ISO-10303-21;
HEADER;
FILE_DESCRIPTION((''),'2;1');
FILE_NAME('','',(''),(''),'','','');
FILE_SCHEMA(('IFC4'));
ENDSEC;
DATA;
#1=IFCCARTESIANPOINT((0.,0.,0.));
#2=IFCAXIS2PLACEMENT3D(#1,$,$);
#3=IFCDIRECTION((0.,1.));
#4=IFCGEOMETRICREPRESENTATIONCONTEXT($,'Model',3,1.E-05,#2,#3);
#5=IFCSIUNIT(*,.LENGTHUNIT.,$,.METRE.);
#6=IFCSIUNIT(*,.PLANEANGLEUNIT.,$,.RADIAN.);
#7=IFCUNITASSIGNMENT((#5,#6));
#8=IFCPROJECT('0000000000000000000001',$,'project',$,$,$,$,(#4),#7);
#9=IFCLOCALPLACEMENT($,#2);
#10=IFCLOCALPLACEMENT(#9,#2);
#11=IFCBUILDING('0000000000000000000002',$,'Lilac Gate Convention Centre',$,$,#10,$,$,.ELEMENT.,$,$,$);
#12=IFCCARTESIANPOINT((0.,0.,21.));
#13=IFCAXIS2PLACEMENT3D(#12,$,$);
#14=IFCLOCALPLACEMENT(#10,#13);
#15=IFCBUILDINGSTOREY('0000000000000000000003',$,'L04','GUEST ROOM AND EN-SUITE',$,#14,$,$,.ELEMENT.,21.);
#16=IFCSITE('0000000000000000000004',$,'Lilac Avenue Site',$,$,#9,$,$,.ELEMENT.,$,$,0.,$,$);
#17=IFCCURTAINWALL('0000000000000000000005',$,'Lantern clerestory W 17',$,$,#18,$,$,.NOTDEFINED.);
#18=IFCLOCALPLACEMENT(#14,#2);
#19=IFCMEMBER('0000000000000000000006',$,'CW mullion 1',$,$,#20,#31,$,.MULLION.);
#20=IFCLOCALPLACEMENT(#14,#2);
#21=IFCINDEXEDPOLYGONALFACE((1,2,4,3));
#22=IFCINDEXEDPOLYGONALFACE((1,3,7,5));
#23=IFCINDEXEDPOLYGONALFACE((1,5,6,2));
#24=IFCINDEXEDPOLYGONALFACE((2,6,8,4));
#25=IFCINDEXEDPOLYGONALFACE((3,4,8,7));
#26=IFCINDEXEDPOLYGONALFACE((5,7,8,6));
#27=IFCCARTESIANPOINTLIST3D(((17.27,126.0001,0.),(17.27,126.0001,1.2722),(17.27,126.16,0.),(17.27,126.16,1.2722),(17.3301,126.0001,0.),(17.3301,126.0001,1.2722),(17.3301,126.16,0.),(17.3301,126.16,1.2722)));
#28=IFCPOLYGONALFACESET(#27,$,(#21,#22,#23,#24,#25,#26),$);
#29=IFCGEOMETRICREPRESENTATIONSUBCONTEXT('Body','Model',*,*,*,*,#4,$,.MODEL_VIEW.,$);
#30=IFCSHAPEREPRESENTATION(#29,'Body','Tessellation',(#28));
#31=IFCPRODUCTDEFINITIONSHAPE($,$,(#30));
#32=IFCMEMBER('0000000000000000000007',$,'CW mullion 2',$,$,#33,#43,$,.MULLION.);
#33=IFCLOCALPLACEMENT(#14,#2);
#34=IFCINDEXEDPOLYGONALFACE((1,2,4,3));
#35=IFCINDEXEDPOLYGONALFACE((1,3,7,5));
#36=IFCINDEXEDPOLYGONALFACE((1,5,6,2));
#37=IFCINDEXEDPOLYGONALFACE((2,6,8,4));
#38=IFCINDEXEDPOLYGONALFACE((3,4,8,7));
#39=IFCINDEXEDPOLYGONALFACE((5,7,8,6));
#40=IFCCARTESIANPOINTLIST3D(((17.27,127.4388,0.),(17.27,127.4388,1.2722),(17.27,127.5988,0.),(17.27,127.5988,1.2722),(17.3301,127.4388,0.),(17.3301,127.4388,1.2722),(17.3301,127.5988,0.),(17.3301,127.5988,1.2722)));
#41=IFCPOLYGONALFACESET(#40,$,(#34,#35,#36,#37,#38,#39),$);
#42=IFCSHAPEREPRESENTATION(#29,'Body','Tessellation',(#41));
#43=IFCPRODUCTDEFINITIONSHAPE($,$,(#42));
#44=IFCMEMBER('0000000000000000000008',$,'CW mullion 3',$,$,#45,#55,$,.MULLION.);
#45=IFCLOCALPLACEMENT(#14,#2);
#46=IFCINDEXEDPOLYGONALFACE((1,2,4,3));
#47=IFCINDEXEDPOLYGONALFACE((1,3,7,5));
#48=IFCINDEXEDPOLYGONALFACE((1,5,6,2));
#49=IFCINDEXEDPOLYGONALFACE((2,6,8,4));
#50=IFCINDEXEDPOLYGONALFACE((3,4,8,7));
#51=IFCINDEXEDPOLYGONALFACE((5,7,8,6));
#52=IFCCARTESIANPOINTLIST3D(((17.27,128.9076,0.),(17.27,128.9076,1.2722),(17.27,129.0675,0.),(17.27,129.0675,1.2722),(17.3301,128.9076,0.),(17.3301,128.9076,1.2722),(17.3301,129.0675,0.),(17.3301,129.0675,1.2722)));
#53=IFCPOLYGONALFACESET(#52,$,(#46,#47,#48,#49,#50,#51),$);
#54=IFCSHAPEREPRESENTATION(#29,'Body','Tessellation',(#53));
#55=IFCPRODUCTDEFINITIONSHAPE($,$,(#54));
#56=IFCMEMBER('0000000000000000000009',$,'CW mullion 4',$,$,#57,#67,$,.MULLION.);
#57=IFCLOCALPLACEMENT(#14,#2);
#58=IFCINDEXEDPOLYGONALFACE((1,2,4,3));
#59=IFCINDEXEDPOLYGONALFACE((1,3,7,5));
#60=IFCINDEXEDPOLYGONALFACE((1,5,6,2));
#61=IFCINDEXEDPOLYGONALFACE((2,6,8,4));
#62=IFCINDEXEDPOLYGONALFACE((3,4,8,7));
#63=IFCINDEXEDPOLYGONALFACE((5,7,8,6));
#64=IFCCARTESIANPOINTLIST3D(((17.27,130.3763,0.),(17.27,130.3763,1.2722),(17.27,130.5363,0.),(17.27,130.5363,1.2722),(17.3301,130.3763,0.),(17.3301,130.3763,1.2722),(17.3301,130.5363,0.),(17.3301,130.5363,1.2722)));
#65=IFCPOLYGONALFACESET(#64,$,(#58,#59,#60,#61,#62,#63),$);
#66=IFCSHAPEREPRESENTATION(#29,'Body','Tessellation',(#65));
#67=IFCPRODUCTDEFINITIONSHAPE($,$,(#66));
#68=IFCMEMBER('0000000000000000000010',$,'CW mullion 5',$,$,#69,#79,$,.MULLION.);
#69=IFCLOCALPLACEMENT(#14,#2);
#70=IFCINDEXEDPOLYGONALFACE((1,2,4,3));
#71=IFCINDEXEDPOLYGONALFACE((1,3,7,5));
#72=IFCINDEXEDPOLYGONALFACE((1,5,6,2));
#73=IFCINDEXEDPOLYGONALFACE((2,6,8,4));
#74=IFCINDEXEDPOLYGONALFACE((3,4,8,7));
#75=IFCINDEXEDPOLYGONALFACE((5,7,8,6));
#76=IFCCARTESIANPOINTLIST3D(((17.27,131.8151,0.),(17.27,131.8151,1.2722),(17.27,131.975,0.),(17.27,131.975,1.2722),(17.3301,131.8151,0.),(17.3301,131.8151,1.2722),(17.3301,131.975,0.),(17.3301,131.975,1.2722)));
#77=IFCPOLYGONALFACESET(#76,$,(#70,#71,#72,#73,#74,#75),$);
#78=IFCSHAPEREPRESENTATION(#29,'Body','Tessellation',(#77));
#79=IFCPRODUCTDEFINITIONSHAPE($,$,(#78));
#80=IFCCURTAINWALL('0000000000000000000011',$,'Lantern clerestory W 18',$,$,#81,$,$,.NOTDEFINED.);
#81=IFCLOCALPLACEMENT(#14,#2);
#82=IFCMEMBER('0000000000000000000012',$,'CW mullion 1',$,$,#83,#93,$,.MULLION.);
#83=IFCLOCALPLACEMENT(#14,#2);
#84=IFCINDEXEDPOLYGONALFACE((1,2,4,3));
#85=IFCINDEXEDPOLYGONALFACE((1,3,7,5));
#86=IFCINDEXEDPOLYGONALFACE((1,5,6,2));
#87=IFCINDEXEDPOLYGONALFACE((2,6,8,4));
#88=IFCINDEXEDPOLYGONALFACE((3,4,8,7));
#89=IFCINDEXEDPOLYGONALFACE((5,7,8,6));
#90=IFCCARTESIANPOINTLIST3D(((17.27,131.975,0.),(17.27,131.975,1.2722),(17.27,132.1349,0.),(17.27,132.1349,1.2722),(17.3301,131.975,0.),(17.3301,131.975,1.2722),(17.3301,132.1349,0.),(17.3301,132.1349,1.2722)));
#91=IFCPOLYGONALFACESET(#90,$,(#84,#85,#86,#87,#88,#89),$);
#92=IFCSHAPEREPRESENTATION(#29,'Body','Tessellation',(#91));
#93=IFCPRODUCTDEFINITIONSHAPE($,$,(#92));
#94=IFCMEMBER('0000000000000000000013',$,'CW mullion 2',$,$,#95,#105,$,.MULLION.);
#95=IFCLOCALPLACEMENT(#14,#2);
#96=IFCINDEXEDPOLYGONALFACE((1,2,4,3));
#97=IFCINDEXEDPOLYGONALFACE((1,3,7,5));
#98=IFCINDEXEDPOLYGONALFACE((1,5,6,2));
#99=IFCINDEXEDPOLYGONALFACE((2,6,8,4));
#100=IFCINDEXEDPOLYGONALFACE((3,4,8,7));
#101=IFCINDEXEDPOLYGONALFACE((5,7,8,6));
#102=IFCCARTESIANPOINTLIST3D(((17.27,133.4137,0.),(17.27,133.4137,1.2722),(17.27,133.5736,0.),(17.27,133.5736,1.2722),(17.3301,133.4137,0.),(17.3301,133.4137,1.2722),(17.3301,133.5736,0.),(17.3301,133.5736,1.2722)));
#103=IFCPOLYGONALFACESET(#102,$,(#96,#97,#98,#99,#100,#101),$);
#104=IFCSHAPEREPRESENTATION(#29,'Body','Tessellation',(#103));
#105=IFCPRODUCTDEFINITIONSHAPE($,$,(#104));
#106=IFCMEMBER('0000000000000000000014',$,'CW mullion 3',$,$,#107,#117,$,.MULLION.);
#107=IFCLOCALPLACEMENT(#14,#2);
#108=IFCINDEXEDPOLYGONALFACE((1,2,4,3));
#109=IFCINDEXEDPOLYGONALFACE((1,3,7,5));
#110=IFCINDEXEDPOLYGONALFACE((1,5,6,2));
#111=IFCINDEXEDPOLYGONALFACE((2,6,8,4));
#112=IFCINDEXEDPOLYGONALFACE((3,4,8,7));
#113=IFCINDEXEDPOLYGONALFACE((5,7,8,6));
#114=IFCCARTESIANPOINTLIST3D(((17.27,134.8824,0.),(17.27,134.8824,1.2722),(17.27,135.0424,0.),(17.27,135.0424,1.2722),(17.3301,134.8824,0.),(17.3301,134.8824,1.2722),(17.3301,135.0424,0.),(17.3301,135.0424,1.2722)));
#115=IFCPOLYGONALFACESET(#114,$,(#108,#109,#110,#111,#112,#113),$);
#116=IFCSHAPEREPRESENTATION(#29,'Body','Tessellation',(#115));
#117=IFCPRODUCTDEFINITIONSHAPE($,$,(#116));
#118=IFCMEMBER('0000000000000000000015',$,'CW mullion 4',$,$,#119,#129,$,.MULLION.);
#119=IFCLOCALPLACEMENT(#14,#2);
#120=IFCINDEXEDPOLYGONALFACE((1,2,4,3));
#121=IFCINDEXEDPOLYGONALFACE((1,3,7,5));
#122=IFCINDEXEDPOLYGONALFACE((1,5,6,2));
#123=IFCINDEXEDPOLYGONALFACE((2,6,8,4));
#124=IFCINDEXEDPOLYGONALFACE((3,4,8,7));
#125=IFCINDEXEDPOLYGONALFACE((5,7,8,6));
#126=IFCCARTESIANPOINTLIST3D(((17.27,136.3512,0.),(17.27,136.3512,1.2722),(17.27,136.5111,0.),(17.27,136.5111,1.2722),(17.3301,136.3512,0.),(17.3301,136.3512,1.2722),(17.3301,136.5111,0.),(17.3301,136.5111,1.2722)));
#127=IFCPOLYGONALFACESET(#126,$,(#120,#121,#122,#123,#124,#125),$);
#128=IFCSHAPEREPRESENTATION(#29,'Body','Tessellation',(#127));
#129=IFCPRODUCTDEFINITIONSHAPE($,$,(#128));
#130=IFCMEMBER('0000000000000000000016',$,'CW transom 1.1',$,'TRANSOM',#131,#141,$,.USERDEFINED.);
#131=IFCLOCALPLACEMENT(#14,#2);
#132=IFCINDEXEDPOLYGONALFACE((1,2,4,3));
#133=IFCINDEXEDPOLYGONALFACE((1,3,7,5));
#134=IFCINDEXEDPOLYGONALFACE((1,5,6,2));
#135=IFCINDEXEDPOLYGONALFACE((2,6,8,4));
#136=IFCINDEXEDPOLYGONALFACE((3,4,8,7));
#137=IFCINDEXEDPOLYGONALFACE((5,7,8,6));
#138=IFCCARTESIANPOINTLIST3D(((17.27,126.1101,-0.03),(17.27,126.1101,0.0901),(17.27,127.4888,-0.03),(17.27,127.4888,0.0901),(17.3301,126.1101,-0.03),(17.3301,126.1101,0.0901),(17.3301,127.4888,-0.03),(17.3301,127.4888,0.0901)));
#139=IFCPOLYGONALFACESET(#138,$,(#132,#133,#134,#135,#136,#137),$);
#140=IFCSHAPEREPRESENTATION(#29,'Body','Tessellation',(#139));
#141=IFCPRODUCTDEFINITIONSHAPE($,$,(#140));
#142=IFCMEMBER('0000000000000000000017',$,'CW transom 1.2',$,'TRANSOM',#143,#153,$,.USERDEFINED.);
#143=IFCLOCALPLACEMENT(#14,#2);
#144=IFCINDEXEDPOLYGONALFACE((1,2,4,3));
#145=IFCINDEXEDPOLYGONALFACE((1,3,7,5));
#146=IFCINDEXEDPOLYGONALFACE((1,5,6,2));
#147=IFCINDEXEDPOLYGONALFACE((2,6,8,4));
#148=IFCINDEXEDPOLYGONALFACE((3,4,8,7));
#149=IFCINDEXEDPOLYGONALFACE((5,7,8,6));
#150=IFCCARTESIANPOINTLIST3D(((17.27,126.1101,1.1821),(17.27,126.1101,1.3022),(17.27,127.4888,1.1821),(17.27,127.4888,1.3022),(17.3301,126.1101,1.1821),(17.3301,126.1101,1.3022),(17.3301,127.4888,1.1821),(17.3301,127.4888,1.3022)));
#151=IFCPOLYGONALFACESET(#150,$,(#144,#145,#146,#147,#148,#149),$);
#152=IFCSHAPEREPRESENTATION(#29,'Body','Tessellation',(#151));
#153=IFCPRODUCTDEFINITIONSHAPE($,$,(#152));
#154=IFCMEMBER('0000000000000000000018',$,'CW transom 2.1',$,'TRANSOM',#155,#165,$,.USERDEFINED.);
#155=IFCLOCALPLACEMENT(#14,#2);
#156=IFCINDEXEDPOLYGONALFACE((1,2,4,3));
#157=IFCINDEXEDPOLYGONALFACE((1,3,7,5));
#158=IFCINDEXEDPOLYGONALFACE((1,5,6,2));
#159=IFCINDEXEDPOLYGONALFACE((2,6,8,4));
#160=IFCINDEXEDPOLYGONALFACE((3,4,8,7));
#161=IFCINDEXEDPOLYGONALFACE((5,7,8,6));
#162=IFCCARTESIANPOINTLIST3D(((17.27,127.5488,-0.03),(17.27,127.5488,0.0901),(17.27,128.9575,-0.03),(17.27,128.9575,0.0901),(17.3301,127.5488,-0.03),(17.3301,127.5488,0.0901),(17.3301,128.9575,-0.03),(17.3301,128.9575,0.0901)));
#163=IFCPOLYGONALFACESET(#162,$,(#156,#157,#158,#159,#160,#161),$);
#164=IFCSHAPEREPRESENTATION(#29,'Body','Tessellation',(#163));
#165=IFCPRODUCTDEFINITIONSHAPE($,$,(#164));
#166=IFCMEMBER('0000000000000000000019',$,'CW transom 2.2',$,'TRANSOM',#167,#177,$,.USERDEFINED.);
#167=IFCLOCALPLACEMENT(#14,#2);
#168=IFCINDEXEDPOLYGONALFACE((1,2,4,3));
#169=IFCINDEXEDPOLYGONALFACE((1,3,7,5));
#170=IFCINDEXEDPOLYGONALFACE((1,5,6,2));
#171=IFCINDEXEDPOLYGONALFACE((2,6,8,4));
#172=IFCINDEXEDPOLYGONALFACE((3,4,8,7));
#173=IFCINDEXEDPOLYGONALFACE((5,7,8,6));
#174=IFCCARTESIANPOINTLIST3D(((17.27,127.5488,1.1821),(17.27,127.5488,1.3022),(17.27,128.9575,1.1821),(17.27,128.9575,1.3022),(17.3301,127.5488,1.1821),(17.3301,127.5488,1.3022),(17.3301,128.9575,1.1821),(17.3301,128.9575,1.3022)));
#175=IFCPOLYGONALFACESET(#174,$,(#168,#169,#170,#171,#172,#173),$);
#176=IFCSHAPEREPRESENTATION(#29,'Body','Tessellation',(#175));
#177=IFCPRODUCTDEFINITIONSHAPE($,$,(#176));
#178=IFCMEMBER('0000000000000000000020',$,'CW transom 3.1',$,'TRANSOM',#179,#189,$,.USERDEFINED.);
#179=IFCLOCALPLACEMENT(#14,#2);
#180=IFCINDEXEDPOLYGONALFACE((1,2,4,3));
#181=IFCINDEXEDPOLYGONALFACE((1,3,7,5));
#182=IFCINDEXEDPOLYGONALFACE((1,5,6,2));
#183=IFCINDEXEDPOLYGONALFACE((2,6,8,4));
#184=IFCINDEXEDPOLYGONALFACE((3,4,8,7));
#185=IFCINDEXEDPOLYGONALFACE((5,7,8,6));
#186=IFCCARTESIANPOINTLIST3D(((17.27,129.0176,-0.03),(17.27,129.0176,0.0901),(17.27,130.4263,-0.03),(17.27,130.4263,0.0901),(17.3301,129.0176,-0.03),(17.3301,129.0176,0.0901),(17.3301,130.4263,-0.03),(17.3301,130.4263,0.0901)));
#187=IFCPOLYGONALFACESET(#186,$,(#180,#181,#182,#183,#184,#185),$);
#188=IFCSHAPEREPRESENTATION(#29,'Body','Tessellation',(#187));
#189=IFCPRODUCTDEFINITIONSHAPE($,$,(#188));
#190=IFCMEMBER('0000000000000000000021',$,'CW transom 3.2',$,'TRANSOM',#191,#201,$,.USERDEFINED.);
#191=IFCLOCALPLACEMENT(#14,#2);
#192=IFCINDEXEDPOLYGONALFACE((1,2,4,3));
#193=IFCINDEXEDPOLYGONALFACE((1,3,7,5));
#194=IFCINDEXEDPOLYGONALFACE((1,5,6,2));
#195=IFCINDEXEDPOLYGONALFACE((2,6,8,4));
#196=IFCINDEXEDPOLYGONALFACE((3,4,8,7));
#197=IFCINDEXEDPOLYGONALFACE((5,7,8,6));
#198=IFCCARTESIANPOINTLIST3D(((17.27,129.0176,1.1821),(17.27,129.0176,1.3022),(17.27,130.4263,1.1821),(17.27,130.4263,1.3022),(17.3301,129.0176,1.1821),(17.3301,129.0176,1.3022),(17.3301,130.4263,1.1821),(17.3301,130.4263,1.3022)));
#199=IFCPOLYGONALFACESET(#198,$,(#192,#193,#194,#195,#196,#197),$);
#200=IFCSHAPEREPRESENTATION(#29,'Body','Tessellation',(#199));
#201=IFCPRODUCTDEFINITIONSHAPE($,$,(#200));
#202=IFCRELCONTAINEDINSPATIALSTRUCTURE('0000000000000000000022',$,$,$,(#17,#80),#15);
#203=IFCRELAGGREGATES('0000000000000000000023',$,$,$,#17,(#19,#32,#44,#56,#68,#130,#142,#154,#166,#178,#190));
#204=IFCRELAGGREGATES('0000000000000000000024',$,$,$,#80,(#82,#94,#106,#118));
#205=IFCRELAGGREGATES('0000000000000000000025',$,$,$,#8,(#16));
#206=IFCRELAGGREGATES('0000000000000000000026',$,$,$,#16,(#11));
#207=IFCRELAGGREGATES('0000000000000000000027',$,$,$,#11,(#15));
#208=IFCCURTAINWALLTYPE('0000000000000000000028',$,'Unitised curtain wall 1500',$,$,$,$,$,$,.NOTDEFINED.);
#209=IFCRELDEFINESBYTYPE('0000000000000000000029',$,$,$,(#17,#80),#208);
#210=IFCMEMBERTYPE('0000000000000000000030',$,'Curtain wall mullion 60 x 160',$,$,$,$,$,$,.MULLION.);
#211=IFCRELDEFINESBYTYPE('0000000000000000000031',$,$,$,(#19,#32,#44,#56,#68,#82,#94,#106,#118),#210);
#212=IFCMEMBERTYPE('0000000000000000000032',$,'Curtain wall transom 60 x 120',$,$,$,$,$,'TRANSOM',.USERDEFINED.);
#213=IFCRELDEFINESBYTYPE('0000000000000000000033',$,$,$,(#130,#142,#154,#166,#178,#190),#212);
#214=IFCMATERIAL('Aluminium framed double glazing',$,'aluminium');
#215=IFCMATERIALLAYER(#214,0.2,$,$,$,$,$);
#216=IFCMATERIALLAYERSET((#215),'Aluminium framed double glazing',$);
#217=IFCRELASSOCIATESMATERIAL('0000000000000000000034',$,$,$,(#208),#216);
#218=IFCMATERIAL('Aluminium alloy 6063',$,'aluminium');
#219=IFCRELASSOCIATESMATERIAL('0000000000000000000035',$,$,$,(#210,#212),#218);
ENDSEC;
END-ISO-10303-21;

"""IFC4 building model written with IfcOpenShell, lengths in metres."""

from ifc_helpers import new_model, si_unit, direction, frame, origin, origin_2d, place, context, subcontext, project, spatial, rectangle, extrude, material, layer, layer_set, material_profile, profile_set, type_object, element, aggregate, save


model = new_model("IFC4")

# Units and contexts
model_context = context("Model", 3, precision=1e-05, world=origin(), true_north=direction((0.0, 1.0)))
body_context = subcontext(model_context, "Body", "Model", "MODEL_VIEW")
ifc_project = project(units=[si_unit("LENGTHUNIT", "METRE"), si_unit("PLANEANGLEUNIT", "RADIAN")], contexts=[model_context])

# Site, building, storey
site_placement = place(None, origin())
site = spatial("IfcSite", under=ifc_project, at=site_placement, Name="Lilac Avenue Site", CompositionType="ELEMENT", RefElevation=0.0)
building_placement = place(site_placement, origin())
building = spatial("IfcBuilding", under=site, at=building_placement, Name="Lilac Gate Convention Centre", CompositionType="ELEMENT")
storey_placement = place(building_placement, frame((0.0, 0.0, 21.0)))
storey = spatial("IfcBuildingStorey", under=building, at=storey_placement, Name="L04", Description="GUEST ROOM AND EN-SUITE", CompositionType="ELEMENT", Elevation=21.0)

# Curtain walls, members
ifc_material_1 = material(Name="Aluminium framed double glazing", Category="aluminium")
ifc_layer_1 = layer(ifc_material_1, 0.2)
ifc_layer_set_1 = layer_set([ifc_layer_1], Name="Aluminium framed double glazing")
curtain_wall_type = type_object("IfcCurtainWallType", Name="Unitised curtain wall 1500", PredefinedType="NOTDEFINED", material=ifc_layer_set_1)
curtain_wall_1_placement = place(storey_placement, origin())
curtain_wall_1 = element("IfcCurtainWall", 1, at=curtain_wall_1_placement, inside=storey, type_object=curtain_wall_type, Name="Lantern clerestory W 17", PredefinedType="NOTDEFINED")
ifc_material_2 = material(Name="Aluminium alloy 6063", Category="aluminium")
ifc_material_profile_1 = material_profile(ifc_material_2, rectangle(XDim=0.0601, YDim=0.1599, at=origin_2d()), Name="Curtain wall mullion 60 x 160")
ifc_profile_set_1 = profile_set([ifc_material_profile_1], Name="Aluminium alloy 6063")
member_type_1 = type_object("IfcMemberType", Name="Curtain wall mullion 60 x 160", PredefinedType="MULLION", material=ifc_profile_set_1)
member_1_placement = place(storey_placement, frame((17.3, 126.0801, 0.0), z_axis=(0.0, 0.0, 1.0), x_axis=(-1.0, 0.0, 0.0)))
member_1 = element("IfcMember", 2, at=member_1_placement, type_object=member_type_1, Name="CW mullion 1", PredefinedType="MULLION", context=body_context, shape_type="SweptSolid", body=[
    extrude(rectangle(XDim=0.0601, YDim=0.1599, at=origin_2d()), origin(), (0.0, 0.0, 1.0), 1.2722),
])
member_2_placement = place(storey_placement, frame((17.3, 127.5188, 0.0), z_axis=(0.0, 0.0, 1.0), x_axis=(-1.0, 0.0, 0.0)))
member_2 = element("IfcMember", 3, at=member_2_placement, type_object=member_type_1, Name="CW mullion 2", PredefinedType="MULLION", context=body_context, shape_type="SweptSolid", body=[
    extrude(rectangle(XDim=0.0601, YDim=0.1599, at=origin_2d()), origin(), (0.0, 0.0, 1.0), 1.2722),
])
member_3_placement = place(storey_placement, frame((17.3, 128.9875, 0.0), z_axis=(0.0, 0.0, 1.0), x_axis=(-1.0, 0.0, 0.0)))
member_3 = element("IfcMember", 4, at=member_3_placement, type_object=member_type_1, Name="CW mullion 3", PredefinedType="MULLION", context=body_context, shape_type="SweptSolid", body=[
    extrude(rectangle(XDim=0.0601, YDim=0.1599, at=origin_2d()), origin(), (0.0, 0.0, 1.0), 1.2722),
])
member_4_placement = place(storey_placement, frame((17.3, 130.4563, 0.0), z_axis=(0.0, 0.0, 1.0), x_axis=(-1.0, 0.0, 0.0)))
member_4 = element("IfcMember", 5, at=member_4_placement, type_object=member_type_1, Name="CW mullion 4", PredefinedType="MULLION", context=body_context, shape_type="SweptSolid", body=[
    extrude(rectangle(XDim=0.0601, YDim=0.1599, at=origin_2d()), origin(), (0.0, 0.0, 1.0), 1.2722),
])
member_5_placement = place(storey_placement, frame((17.3, 131.895, 0.0), z_axis=(0.0, 0.0, 1.0), x_axis=(-1.0, 0.0, 0.0)))
member_5 = element("IfcMember", 6, at=member_5_placement, type_object=member_type_1, Name="CW mullion 5", PredefinedType="MULLION", context=body_context, shape_type="SweptSolid", body=[
    extrude(rectangle(XDim=0.0601, YDim=0.1599, at=origin_2d()), origin(), (0.0, 0.0, 1.0), 1.2722),
])
curtain_wall_2_placement = place(storey_placement, origin())
curtain_wall_2 = element("IfcCurtainWall", 7, at=curtain_wall_2_placement, inside=storey, type_object=curtain_wall_type, Name="Lantern clerestory W 18", PredefinedType="NOTDEFINED")
member_6_placement = place(storey_placement, frame((17.3, 132.0549, 0.0), z_axis=(0.0, 0.0, 1.0), x_axis=(-1.0, 0.0, 0.0)))
member_6 = element("IfcMember", 8, at=member_6_placement, type_object=member_type_1, Name="CW mullion 1", PredefinedType="MULLION", context=body_context, shape_type="SweptSolid", body=[
    extrude(rectangle(XDim=0.0601, YDim=0.1599, at=origin_2d()), origin(), (0.0, 0.0, 1.0), 1.2722),
])
member_7_placement = place(storey_placement, frame((17.3, 133.4937, 0.0), z_axis=(0.0, 0.0, 1.0), x_axis=(-1.0, 0.0, 0.0)))
member_7 = element("IfcMember", 9, at=member_7_placement, type_object=member_type_1, Name="CW mullion 2", PredefinedType="MULLION", context=body_context, shape_type="SweptSolid", body=[
    extrude(rectangle(XDim=0.0601, YDim=0.1599, at=origin_2d()), origin(), (0.0, 0.0, 1.0), 1.2722),
])
member_8_placement = place(storey_placement, frame((17.3, 134.9624, 0.0), z_axis=(0.0, 0.0, 1.0), x_axis=(-1.0, 0.0, 0.0)))
member_8 = element("IfcMember", 10, at=member_8_placement, type_object=member_type_1, Name="CW mullion 3", PredefinedType="MULLION", context=body_context, shape_type="SweptSolid", body=[
    extrude(rectangle(XDim=0.0601, YDim=0.1599, at=origin_2d()), origin(), (0.0, 0.0, 1.0), 1.2722),
])
member_9_placement = place(storey_placement, frame((17.3, 136.4312, 0.0), z_axis=(0.0, 0.0, 1.0), x_axis=(-1.0, 0.0, 0.0)))
member_9 = element("IfcMember", 11, at=member_9_placement, type_object=member_type_1, Name="CW mullion 4", PredefinedType="MULLION", context=body_context, shape_type="SweptSolid", body=[
    extrude(rectangle(XDim=0.0601, YDim=0.1599, at=origin_2d()), origin(), (0.0, 0.0, 1.0), 1.2722),
])

# Members
ifc_material_profile_2 = material_profile(ifc_material_2, rectangle(XDim=0.0601, YDim=0.1201, at=origin_2d()), Name="Curtain wall transom 60 x 120")
ifc_profile_set_2 = profile_set([ifc_material_profile_2], Name="Aluminium alloy 6063")
member_type_2 = type_object("IfcMemberType", Name="Curtain wall transom 60 x 120", ElementType="TRANSOM", PredefinedType="USERDEFINED", material=ifc_profile_set_2)
member_10_placement = place(storey_placement, frame((17.3, 126.1101, 0.03), z_axis=(0.0, 1.0, 0.0), x_axis=(-1.0, 0.0, 0.0)))
member_10 = element("IfcMember", 12, at=member_10_placement, type_object=member_type_2, Name="CW transom 1.1", ObjectType="TRANSOM", PredefinedType="USERDEFINED", context=body_context, shape_type="SweptSolid", body=[
    extrude(rectangle(XDim=0.0601, YDim=0.1201, at=origin_2d()), origin(), (0.0, 0.0, 1.0), 1.3787),
])
member_11_placement = place(storey_placement, frame((17.3, 126.1101, 1.2422), z_axis=(0.0, 1.0, 0.0), x_axis=(-1.0, 0.0, 0.0)))
member_11 = element("IfcMember", 13, at=member_11_placement, type_object=member_type_2, Name="CW transom 1.2", ObjectType="TRANSOM", PredefinedType="USERDEFINED", context=body_context, shape_type="SweptSolid", body=[
    extrude(rectangle(XDim=0.0601, YDim=0.1201, at=origin_2d()), origin(), (0.0, 0.0, 1.0), 1.3787),
])
member_12_placement = place(storey_placement, frame((17.3, 127.5488, 0.03), z_axis=(0.0, 1.0, 0.0), x_axis=(-1.0, 0.0, 0.0)))
member_12 = element("IfcMember", 14, at=member_12_placement, type_object=member_type_2, Name="CW transom 2.1", ObjectType="TRANSOM", PredefinedType="USERDEFINED", context=body_context, shape_type="SweptSolid", body=[
    extrude(rectangle(XDim=0.0601, YDim=0.1201, at=origin_2d()), origin(), (0.0, 0.0, 1.0), 1.4087),
])
member_13_placement = place(storey_placement, frame((17.3, 127.5488, 1.2422), z_axis=(0.0, 1.0, 0.0), x_axis=(-1.0, 0.0, 0.0)))
member_13 = element("IfcMember", 15, at=member_13_placement, type_object=member_type_2, Name="CW transom 2.2", ObjectType="TRANSOM", PredefinedType="USERDEFINED", context=body_context, shape_type="SweptSolid", body=[
    extrude(rectangle(XDim=0.0601, YDim=0.1201, at=origin_2d()), origin(), (0.0, 0.0, 1.0), 1.4087),
])
member_14_placement = place(storey_placement, frame((17.3, 129.0176, 0.03), z_axis=(0.0, 1.0, 0.0), x_axis=(-1.0, 0.0, 0.0)))
member_14 = element("IfcMember", 16, at=member_14_placement, type_object=member_type_2, Name="CW transom 3.1", ObjectType="TRANSOM", PredefinedType="USERDEFINED", context=body_context, shape_type="SweptSolid", body=[
    extrude(rectangle(XDim=0.0601, YDim=0.1201, at=origin_2d()), origin(), (0.0, 0.0, 1.0), 1.4087),
])
member_15_placement = place(storey_placement, frame((17.3, 129.0176, 1.2422), z_axis=(0.0, 1.0, 0.0), x_axis=(-1.0, 0.0, 0.0)))
member_15 = element("IfcMember", 17, at=member_15_placement, type_object=member_type_2, Name="CW transom 3.2", ObjectType="TRANSOM", PredefinedType="USERDEFINED", context=body_context, shape_type="SweptSolid", body=[
    extrude(rectangle(XDim=0.0601, YDim=0.1201, at=origin_2d()), origin(), (0.0, 0.0, 1.0), 1.4087),
])

aggregate(curtain_wall_1, [member_1, member_2, member_3, member_4, member_5, member_10, member_11, member_12, member_13, member_14, member_15])
aggregate(curtain_wall_2, [member_6, member_7, member_8, member_9])

save(model, "model.ifc")
